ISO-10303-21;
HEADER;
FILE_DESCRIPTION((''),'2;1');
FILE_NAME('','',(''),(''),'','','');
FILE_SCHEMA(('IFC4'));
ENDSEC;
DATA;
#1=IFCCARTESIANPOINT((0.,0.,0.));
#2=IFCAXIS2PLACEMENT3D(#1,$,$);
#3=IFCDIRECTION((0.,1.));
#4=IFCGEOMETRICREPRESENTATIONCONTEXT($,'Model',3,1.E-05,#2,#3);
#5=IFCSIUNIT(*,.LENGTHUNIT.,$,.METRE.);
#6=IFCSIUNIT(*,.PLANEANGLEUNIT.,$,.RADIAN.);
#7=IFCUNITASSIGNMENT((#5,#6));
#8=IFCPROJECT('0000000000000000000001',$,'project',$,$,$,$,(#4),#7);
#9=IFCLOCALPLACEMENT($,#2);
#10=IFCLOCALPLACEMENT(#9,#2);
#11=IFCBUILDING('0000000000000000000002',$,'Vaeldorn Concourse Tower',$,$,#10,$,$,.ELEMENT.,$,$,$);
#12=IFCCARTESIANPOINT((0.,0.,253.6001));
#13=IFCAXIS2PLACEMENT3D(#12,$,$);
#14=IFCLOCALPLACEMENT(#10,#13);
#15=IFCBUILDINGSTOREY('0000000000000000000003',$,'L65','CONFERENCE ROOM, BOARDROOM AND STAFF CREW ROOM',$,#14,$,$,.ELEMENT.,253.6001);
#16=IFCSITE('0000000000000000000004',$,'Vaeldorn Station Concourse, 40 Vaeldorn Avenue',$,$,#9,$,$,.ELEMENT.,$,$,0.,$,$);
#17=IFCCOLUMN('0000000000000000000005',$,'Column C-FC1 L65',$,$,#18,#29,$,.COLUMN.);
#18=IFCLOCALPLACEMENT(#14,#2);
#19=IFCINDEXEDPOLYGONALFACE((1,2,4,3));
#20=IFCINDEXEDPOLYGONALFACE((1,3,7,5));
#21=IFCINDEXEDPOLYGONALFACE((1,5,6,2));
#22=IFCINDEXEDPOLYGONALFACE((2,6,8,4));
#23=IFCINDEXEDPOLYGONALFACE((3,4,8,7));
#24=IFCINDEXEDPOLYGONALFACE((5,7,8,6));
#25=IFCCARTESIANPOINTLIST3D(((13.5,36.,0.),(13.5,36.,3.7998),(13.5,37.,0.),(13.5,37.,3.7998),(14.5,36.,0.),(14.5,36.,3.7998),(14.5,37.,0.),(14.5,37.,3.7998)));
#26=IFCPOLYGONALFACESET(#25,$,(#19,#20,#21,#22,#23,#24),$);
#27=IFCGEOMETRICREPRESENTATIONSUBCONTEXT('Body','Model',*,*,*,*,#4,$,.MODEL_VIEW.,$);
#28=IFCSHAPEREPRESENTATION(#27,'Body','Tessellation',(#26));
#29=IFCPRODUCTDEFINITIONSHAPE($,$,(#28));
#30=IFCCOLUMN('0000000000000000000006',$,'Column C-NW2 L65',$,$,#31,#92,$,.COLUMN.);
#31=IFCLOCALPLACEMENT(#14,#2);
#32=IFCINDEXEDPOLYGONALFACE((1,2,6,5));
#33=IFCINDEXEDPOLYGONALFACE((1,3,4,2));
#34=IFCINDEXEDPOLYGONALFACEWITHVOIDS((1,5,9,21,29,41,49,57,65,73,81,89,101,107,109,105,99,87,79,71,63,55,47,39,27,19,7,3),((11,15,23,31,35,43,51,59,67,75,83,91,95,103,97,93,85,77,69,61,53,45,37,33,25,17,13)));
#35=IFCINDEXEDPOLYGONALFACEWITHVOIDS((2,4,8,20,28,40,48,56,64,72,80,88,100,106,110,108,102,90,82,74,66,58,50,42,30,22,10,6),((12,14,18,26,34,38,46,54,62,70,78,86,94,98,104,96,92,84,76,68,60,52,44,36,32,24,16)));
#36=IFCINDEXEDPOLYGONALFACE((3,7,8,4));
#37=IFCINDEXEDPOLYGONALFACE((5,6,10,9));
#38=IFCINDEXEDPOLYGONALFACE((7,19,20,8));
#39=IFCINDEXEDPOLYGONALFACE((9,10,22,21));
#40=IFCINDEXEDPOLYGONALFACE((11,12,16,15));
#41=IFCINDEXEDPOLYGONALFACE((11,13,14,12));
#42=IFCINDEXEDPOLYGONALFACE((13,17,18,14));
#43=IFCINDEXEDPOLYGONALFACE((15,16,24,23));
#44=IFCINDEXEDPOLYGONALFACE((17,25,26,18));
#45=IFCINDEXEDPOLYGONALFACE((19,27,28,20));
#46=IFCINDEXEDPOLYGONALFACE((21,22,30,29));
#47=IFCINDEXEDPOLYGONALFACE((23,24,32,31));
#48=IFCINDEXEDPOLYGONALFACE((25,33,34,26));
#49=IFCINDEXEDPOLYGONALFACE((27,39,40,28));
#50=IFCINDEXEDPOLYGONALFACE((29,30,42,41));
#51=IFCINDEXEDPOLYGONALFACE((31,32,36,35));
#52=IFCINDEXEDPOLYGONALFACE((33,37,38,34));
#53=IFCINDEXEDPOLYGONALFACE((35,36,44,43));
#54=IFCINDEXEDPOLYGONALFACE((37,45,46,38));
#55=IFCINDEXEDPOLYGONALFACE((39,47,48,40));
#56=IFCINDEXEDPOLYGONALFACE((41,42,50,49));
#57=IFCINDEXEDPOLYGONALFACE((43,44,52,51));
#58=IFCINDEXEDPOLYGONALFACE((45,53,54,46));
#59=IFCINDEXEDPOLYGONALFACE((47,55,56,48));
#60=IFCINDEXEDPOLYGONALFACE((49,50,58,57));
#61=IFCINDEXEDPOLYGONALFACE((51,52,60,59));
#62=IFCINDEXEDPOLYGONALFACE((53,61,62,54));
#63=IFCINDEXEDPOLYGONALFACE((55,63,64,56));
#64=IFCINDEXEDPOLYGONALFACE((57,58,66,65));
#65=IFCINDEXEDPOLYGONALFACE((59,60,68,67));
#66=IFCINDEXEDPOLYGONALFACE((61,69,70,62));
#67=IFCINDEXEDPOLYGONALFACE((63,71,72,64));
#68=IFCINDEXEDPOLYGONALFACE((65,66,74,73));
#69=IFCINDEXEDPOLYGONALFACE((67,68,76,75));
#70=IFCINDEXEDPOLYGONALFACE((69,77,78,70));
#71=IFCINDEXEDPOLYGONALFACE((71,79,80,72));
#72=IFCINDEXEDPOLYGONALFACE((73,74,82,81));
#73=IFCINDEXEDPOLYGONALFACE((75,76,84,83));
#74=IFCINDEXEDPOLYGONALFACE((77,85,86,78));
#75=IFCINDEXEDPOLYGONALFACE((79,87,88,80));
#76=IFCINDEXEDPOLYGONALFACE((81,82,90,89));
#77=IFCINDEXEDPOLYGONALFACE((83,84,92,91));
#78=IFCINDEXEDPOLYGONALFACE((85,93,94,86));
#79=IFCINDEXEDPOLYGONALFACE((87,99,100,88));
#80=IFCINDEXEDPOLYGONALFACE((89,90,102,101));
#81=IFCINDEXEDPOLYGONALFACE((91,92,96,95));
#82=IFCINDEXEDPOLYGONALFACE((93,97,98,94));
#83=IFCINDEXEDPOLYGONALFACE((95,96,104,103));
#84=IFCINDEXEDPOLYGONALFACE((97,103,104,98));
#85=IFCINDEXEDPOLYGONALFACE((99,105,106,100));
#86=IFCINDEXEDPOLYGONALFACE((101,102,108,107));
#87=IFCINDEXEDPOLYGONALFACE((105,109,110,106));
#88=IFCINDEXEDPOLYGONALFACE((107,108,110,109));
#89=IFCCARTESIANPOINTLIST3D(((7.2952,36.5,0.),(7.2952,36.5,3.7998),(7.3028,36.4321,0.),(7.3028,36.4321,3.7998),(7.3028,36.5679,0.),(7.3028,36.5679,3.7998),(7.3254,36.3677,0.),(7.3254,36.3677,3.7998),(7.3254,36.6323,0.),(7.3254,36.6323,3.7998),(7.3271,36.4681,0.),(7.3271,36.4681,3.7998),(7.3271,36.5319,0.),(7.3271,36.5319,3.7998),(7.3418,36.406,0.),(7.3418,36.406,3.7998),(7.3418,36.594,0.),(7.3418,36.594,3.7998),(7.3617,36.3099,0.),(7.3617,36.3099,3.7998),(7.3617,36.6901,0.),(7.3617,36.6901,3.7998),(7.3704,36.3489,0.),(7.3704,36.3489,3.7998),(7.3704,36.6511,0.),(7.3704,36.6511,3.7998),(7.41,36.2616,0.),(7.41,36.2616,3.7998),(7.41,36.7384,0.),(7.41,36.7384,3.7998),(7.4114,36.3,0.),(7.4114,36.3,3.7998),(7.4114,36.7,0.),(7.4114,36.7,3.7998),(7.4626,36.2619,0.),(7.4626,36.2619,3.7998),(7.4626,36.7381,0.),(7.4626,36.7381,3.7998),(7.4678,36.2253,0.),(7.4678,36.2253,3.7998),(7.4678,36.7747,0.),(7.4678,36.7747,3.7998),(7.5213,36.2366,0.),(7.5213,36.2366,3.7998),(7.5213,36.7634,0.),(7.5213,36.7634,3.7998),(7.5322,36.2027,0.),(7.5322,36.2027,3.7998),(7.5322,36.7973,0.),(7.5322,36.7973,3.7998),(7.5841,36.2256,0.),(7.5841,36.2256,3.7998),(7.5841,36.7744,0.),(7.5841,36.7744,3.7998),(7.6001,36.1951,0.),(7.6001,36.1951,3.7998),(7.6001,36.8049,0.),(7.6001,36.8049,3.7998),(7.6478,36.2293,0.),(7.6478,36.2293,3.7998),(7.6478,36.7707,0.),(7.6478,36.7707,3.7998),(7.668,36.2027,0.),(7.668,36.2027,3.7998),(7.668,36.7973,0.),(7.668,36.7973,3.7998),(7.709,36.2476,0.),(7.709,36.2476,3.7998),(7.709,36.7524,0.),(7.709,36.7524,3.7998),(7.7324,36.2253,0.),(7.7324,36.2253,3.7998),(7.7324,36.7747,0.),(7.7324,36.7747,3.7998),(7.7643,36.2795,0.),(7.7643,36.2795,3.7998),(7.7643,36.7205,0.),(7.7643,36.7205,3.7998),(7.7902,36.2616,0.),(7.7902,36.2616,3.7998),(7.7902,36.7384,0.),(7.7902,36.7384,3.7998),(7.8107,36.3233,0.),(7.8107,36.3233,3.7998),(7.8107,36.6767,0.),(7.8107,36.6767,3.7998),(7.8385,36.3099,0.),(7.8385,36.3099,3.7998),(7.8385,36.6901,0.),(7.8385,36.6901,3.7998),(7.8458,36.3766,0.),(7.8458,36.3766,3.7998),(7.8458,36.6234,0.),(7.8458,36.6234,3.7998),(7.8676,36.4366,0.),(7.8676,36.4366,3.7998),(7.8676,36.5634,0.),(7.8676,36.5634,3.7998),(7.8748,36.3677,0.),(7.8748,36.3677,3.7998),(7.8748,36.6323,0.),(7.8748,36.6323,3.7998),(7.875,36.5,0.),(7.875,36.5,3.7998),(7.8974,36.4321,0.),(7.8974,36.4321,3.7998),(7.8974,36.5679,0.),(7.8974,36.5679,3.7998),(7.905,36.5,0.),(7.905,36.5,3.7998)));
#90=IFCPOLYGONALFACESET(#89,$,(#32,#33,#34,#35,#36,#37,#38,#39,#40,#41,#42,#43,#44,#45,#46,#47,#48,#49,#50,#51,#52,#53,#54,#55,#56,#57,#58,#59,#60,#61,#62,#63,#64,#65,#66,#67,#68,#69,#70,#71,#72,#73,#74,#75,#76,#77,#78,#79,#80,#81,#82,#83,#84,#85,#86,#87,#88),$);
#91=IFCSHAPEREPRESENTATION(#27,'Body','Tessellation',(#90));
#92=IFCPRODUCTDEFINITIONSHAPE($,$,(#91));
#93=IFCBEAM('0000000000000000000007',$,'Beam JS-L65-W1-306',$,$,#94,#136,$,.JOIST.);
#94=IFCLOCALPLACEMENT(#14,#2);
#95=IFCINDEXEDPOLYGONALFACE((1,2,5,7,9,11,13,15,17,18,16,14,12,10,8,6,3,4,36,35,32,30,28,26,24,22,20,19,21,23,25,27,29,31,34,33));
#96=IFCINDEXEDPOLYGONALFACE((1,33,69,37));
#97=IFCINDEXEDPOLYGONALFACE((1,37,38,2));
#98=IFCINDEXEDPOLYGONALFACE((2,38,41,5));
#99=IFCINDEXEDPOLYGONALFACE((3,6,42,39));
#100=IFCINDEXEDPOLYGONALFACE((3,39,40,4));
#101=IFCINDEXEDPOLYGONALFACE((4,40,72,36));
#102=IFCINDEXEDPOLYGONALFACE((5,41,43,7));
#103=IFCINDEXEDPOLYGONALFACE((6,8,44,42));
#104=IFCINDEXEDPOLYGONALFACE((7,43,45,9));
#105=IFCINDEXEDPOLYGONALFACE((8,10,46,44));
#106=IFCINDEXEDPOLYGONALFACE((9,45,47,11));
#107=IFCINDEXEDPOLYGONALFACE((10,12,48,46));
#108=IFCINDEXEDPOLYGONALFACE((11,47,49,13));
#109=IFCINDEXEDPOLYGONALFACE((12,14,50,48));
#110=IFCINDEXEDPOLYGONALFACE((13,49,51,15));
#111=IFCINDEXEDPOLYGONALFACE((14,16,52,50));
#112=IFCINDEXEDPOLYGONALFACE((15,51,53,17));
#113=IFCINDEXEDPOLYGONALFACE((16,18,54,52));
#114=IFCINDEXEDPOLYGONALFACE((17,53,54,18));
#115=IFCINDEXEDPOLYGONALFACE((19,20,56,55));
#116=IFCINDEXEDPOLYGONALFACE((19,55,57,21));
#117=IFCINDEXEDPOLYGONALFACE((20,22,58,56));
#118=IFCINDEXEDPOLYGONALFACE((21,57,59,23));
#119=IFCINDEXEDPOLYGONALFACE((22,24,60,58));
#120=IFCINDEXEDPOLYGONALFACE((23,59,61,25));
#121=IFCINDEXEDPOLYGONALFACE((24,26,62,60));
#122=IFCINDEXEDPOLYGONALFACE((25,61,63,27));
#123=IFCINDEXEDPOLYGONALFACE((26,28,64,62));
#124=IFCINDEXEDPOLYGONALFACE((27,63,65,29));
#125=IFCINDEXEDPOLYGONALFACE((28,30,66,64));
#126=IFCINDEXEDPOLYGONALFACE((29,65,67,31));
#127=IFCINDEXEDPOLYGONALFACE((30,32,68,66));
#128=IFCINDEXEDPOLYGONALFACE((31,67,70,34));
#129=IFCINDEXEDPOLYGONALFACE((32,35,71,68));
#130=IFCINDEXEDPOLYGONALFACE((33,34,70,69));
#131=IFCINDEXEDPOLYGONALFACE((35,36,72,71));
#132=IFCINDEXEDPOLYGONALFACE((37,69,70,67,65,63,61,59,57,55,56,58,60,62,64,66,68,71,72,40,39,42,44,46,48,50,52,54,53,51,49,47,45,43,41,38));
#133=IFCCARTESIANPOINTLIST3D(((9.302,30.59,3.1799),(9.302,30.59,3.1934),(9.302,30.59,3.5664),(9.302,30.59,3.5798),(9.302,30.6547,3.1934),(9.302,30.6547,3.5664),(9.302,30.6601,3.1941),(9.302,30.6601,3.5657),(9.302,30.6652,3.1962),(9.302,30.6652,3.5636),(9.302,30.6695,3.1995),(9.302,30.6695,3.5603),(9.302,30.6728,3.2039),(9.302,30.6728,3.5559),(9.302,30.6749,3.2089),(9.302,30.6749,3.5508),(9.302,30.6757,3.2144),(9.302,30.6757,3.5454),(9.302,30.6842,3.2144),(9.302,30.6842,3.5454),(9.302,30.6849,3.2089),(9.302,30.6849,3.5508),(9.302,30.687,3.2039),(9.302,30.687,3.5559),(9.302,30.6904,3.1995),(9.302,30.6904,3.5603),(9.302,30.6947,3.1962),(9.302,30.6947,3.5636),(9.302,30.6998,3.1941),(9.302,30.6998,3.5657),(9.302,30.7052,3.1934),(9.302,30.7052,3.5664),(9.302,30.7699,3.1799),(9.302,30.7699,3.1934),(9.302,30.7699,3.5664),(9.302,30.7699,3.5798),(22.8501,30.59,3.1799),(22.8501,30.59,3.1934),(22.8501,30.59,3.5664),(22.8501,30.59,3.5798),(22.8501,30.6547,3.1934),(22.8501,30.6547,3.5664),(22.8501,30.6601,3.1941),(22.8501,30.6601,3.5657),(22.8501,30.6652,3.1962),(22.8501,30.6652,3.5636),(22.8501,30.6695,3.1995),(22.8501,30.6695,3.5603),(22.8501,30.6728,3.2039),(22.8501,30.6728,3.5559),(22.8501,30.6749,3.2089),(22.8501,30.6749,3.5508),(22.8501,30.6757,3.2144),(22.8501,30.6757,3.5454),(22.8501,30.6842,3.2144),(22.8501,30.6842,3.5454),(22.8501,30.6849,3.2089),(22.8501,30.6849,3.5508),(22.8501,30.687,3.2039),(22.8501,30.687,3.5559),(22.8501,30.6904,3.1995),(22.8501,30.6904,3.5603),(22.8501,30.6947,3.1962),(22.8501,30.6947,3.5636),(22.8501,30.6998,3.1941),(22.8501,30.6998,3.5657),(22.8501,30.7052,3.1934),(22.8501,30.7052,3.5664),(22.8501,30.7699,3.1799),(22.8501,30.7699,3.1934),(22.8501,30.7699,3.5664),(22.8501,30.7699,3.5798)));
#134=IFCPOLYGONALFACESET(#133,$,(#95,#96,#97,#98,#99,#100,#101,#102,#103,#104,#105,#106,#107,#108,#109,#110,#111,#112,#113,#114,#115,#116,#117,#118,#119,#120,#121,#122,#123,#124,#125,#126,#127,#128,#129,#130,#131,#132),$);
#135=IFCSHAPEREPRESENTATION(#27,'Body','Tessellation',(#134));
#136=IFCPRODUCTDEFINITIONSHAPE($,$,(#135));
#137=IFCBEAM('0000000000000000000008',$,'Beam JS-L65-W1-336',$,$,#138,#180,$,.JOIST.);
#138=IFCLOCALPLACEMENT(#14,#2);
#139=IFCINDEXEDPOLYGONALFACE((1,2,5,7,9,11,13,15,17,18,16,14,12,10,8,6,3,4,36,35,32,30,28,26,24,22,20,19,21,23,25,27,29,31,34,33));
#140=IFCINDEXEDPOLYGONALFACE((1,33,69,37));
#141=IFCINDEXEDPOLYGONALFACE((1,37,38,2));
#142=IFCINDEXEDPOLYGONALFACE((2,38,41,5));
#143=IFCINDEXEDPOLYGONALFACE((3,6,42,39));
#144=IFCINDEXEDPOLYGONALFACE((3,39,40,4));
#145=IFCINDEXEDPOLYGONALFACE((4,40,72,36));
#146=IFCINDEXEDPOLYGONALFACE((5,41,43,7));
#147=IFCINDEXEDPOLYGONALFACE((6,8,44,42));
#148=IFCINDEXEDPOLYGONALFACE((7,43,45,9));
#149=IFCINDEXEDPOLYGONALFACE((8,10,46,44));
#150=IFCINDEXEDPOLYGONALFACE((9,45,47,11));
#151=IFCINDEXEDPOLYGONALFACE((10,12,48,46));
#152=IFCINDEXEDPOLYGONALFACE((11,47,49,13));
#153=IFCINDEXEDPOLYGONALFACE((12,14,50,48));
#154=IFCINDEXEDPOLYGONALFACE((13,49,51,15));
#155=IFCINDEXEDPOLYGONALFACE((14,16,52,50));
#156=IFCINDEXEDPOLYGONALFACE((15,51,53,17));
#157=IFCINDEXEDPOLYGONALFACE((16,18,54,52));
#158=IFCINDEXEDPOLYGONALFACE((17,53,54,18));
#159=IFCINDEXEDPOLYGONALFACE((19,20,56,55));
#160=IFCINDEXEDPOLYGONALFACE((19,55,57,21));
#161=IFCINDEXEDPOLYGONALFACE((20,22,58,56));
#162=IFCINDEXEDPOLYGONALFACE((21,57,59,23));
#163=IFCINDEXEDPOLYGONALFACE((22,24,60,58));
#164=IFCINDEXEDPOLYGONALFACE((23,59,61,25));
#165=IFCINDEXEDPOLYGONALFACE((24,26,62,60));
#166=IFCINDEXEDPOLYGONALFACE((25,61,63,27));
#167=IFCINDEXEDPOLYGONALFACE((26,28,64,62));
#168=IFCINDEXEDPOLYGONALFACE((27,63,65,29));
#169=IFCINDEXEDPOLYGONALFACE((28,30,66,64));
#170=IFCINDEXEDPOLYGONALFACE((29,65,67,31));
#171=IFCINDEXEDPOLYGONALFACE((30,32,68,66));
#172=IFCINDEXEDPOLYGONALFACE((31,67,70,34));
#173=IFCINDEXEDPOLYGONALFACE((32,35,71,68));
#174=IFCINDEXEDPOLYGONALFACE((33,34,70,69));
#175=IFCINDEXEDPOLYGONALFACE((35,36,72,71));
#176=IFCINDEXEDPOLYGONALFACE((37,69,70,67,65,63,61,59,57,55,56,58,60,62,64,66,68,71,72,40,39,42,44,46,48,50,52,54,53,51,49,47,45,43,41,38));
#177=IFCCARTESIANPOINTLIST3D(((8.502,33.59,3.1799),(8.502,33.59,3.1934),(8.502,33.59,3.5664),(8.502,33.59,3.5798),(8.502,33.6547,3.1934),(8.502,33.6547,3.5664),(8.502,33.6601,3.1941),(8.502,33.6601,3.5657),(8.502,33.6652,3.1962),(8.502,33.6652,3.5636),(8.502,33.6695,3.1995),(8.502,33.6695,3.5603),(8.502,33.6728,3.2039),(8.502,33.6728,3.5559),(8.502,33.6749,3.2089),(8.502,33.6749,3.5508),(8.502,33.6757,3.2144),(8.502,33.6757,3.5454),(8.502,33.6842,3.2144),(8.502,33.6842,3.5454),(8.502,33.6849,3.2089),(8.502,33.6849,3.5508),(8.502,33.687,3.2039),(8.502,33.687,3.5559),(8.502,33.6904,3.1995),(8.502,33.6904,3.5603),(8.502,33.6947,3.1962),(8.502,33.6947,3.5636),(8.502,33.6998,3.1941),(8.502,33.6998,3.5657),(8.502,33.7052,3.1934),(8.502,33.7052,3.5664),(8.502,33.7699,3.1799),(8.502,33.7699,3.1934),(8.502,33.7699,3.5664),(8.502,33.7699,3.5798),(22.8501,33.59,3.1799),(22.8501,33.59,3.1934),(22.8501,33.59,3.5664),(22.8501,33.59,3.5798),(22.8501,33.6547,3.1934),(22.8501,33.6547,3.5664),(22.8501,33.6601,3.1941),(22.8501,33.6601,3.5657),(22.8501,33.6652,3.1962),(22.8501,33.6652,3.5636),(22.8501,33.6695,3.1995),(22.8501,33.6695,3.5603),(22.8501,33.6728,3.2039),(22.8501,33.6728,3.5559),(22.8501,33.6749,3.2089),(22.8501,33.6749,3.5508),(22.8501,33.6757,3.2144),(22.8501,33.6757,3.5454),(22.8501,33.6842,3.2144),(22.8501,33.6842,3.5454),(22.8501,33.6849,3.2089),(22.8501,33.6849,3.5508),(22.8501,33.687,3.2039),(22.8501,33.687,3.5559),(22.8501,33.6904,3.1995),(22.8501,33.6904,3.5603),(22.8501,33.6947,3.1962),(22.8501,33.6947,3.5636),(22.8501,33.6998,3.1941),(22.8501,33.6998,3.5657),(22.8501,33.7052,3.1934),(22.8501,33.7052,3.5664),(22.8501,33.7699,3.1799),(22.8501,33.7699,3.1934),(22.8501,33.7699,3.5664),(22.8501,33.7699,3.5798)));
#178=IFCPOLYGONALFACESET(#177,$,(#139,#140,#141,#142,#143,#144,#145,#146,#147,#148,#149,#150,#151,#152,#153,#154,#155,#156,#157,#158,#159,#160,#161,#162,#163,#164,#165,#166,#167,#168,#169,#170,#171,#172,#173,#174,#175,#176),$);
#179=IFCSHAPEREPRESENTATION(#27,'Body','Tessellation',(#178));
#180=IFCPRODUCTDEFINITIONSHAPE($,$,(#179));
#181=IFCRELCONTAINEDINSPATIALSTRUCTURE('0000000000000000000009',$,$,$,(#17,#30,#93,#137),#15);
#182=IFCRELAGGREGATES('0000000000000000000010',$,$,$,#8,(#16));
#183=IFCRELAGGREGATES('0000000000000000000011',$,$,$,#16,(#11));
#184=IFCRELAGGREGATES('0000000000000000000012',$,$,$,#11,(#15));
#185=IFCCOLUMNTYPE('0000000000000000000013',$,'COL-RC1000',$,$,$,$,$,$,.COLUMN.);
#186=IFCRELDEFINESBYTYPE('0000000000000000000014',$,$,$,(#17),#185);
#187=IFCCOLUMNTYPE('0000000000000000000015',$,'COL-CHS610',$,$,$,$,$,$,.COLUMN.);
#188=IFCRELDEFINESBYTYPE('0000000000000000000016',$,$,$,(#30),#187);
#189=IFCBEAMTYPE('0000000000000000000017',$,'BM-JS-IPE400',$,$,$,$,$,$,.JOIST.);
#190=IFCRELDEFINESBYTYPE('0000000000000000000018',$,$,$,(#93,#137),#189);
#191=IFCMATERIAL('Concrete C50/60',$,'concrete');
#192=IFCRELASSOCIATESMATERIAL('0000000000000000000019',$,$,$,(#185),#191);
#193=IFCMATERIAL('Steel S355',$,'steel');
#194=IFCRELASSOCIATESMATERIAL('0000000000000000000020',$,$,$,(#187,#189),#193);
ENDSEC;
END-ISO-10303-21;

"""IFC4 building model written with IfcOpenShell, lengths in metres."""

from ifc_helpers import new_model, si_unit, direction, frame, origin, origin_2d, place, context, subcontext, project, spatial, rectangle, hollow_circle, i_section, extrude, source, transform, mapped, material, material_profile, profile_set, type_object, element, save


model = new_model("IFC4")

# Units and contexts
model_context = context("Model", 3, precision=1e-05, world=origin(), true_north=direction((0.0, 1.0)))
body_context = subcontext(model_context, "Body", "Model", "MODEL_VIEW")
ifc_project = project(units=[si_unit("LENGTHUNIT", "METRE"), si_unit("PLANEANGLEUNIT", "RADIAN")], contexts=[model_context])

# Site, building, storey
site_placement = place(None, origin())
site = spatial("IfcSite", under=ifc_project, at=site_placement, Name="Vaeldorn Station Concourse, 40 Vaeldorn Avenue", CompositionType="ELEMENT", RefElevation=0.0)
building_placement = place(site_placement, origin())
building = spatial("IfcBuilding", under=site, at=building_placement, Name="Vaeldorn Concourse Tower", CompositionType="ELEMENT")
storey_placement = place(building_placement, frame((0.0, 0.0, 253.6001)))
storey = spatial("IfcBuildingStorey", under=building, at=storey_placement, Name="L65", Description="CONFERENCE ROOM, BOARDROOM AND STAFF CREW ROOM", CompositionType="ELEMENT", Elevation=253.6001)

# Columns
ifc_material_1 = material(Name="Concrete C50/60", Category="concrete")
ifc_material_profile_1 = material_profile(ifc_material_1, rectangle(XDim=1.0, YDim=1.0, at=origin_2d()), Name="RC 1000x1000")
ifc_profile_set_1 = profile_set([ifc_material_profile_1], Name="Concrete C50/60")
column_type_1 = type_object("IfcColumnType", Name="COL-RC1000", PredefinedType="COLUMN", material=ifc_profile_set_1)
shared_shape_1 = source(origin(), body_context, "Body", "SweptSolid", [
    extrude(rectangle(XDim=1.0, YDim=1.0, at=origin_2d()), origin(), (0.0, 0.0, 1.0), 3.7998),
])
column_1_placement = place(storey_placement, frame((14.0, 36.5, 0.0), z_axis=(0.0, 0.0, 1.0), x_axis=(1.0, 0.0, 0.0)))
element("IfcColumn", 1, at=column_1_placement, inside=storey, type_object=column_type_1, Name="Column C-FC1 L65", PredefinedType="COLUMN", context=body_context, shape_type="MappedRepresentation", body=[
    mapped(shared_shape_1, transform((0.0, 0.0, 0.0), scale=1.0)),
])
ifc_material_2 = material(Name="Steel S355", Category="steel")
ifc_material_profile_2 = material_profile(ifc_material_2, hollow_circle(Radius=0.3049, WallThickness=0.03, at=origin_2d()), Name="CHS 610x30")
ifc_profile_set_2 = profile_set([ifc_material_profile_2], Name="Steel S355")
column_type_2 = type_object("IfcColumnType", Name="COL-CHS610", PredefinedType="COLUMN", material=ifc_profile_set_2)
shared_shape_2 = source(origin(), body_context, "Body", "SweptSolid", [
    extrude(hollow_circle(Radius=0.3049, WallThickness=0.03, at=origin_2d()), origin(), (0.0, 0.0, 1.0), 3.7998),
])
column_2_placement = place(storey_placement, frame((7.6001, 36.5, 0.0), z_axis=(0.0, 0.0, 1.0), x_axis=(1.0, 0.0, 0.0)))
element("IfcColumn", 2, at=column_2_placement, inside=storey, type_object=column_type_2, Name="Column C-NW2 L65", PredefinedType="COLUMN", context=body_context, shape_type="MappedRepresentation", body=[
    mapped(shared_shape_2, transform((0.0, 0.0, 0.0), scale=1.0)),
])

# Beams
ifc_material_profile_3 = material_profile(ifc_material_2, i_section(OverallWidth=0.1799, OverallDepth=0.3999, WebThickness=0.0085, FlangeThickness=0.0134, FilletRadius=0.021, at=origin_2d()), Name="IPE 400")
ifc_profile_set_3 = profile_set([ifc_material_profile_3], Name="Steel S355")
beam_type_1 = type_object("IfcBeamType", Name="BM-JS-IPE400", PredefinedType="JOIST", material=ifc_profile_set_3)
shared_shape_3 = source(origin(), body_context, "Body", "SweptSolid", [
    extrude(i_section(OverallWidth=0.1799, OverallDepth=0.3999, WebThickness=0.0085, FlangeThickness=0.0134, FilletRadius=0.021, at=origin_2d()), origin(), (0.0, 0.0, 1.0), 13.5481),
])
beam_1_placement = place(storey_placement, frame((9.302, 30.6799, 3.3799), z_axis=(1.0, 0.0, 0.0), x_axis=(0.0, 1.0, 0.0)))
element("IfcBeam", 3, at=beam_1_placement, inside=storey, type_object=beam_type_1, Name="Beam JS-L65-W1-306", PredefinedType="JOIST", context=body_context, shape_type="MappedRepresentation", body=[
    mapped(shared_shape_3, transform((0.0, 0.0, 0.0), scale=1.0)),
])
shared_shape_4 = source(origin(), body_context, "Body", "SweptSolid", [
    extrude(i_section(OverallWidth=0.1799, OverallDepth=0.3999, WebThickness=0.0085, FlangeThickness=0.0134, FilletRadius=0.021, at=origin_2d()), origin(), (0.0, 0.0, 1.0), 14.3481),
])
beam_2_placement = place(storey_placement, frame((8.502, 33.6799, 3.3799), z_axis=(1.0, 0.0, 0.0), x_axis=(0.0, 1.0, 0.0)))
element("IfcBeam", 4, at=beam_2_placement, inside=storey, type_object=beam_type_1, Name="Beam JS-L65-W1-336", PredefinedType="JOIST", context=body_context, shape_type="MappedRepresentation", body=[
    mapped(shared_shape_4, transform((0.0, 0.0, 0.0), scale=1.0)),
])

save(model, "model.ifc")
